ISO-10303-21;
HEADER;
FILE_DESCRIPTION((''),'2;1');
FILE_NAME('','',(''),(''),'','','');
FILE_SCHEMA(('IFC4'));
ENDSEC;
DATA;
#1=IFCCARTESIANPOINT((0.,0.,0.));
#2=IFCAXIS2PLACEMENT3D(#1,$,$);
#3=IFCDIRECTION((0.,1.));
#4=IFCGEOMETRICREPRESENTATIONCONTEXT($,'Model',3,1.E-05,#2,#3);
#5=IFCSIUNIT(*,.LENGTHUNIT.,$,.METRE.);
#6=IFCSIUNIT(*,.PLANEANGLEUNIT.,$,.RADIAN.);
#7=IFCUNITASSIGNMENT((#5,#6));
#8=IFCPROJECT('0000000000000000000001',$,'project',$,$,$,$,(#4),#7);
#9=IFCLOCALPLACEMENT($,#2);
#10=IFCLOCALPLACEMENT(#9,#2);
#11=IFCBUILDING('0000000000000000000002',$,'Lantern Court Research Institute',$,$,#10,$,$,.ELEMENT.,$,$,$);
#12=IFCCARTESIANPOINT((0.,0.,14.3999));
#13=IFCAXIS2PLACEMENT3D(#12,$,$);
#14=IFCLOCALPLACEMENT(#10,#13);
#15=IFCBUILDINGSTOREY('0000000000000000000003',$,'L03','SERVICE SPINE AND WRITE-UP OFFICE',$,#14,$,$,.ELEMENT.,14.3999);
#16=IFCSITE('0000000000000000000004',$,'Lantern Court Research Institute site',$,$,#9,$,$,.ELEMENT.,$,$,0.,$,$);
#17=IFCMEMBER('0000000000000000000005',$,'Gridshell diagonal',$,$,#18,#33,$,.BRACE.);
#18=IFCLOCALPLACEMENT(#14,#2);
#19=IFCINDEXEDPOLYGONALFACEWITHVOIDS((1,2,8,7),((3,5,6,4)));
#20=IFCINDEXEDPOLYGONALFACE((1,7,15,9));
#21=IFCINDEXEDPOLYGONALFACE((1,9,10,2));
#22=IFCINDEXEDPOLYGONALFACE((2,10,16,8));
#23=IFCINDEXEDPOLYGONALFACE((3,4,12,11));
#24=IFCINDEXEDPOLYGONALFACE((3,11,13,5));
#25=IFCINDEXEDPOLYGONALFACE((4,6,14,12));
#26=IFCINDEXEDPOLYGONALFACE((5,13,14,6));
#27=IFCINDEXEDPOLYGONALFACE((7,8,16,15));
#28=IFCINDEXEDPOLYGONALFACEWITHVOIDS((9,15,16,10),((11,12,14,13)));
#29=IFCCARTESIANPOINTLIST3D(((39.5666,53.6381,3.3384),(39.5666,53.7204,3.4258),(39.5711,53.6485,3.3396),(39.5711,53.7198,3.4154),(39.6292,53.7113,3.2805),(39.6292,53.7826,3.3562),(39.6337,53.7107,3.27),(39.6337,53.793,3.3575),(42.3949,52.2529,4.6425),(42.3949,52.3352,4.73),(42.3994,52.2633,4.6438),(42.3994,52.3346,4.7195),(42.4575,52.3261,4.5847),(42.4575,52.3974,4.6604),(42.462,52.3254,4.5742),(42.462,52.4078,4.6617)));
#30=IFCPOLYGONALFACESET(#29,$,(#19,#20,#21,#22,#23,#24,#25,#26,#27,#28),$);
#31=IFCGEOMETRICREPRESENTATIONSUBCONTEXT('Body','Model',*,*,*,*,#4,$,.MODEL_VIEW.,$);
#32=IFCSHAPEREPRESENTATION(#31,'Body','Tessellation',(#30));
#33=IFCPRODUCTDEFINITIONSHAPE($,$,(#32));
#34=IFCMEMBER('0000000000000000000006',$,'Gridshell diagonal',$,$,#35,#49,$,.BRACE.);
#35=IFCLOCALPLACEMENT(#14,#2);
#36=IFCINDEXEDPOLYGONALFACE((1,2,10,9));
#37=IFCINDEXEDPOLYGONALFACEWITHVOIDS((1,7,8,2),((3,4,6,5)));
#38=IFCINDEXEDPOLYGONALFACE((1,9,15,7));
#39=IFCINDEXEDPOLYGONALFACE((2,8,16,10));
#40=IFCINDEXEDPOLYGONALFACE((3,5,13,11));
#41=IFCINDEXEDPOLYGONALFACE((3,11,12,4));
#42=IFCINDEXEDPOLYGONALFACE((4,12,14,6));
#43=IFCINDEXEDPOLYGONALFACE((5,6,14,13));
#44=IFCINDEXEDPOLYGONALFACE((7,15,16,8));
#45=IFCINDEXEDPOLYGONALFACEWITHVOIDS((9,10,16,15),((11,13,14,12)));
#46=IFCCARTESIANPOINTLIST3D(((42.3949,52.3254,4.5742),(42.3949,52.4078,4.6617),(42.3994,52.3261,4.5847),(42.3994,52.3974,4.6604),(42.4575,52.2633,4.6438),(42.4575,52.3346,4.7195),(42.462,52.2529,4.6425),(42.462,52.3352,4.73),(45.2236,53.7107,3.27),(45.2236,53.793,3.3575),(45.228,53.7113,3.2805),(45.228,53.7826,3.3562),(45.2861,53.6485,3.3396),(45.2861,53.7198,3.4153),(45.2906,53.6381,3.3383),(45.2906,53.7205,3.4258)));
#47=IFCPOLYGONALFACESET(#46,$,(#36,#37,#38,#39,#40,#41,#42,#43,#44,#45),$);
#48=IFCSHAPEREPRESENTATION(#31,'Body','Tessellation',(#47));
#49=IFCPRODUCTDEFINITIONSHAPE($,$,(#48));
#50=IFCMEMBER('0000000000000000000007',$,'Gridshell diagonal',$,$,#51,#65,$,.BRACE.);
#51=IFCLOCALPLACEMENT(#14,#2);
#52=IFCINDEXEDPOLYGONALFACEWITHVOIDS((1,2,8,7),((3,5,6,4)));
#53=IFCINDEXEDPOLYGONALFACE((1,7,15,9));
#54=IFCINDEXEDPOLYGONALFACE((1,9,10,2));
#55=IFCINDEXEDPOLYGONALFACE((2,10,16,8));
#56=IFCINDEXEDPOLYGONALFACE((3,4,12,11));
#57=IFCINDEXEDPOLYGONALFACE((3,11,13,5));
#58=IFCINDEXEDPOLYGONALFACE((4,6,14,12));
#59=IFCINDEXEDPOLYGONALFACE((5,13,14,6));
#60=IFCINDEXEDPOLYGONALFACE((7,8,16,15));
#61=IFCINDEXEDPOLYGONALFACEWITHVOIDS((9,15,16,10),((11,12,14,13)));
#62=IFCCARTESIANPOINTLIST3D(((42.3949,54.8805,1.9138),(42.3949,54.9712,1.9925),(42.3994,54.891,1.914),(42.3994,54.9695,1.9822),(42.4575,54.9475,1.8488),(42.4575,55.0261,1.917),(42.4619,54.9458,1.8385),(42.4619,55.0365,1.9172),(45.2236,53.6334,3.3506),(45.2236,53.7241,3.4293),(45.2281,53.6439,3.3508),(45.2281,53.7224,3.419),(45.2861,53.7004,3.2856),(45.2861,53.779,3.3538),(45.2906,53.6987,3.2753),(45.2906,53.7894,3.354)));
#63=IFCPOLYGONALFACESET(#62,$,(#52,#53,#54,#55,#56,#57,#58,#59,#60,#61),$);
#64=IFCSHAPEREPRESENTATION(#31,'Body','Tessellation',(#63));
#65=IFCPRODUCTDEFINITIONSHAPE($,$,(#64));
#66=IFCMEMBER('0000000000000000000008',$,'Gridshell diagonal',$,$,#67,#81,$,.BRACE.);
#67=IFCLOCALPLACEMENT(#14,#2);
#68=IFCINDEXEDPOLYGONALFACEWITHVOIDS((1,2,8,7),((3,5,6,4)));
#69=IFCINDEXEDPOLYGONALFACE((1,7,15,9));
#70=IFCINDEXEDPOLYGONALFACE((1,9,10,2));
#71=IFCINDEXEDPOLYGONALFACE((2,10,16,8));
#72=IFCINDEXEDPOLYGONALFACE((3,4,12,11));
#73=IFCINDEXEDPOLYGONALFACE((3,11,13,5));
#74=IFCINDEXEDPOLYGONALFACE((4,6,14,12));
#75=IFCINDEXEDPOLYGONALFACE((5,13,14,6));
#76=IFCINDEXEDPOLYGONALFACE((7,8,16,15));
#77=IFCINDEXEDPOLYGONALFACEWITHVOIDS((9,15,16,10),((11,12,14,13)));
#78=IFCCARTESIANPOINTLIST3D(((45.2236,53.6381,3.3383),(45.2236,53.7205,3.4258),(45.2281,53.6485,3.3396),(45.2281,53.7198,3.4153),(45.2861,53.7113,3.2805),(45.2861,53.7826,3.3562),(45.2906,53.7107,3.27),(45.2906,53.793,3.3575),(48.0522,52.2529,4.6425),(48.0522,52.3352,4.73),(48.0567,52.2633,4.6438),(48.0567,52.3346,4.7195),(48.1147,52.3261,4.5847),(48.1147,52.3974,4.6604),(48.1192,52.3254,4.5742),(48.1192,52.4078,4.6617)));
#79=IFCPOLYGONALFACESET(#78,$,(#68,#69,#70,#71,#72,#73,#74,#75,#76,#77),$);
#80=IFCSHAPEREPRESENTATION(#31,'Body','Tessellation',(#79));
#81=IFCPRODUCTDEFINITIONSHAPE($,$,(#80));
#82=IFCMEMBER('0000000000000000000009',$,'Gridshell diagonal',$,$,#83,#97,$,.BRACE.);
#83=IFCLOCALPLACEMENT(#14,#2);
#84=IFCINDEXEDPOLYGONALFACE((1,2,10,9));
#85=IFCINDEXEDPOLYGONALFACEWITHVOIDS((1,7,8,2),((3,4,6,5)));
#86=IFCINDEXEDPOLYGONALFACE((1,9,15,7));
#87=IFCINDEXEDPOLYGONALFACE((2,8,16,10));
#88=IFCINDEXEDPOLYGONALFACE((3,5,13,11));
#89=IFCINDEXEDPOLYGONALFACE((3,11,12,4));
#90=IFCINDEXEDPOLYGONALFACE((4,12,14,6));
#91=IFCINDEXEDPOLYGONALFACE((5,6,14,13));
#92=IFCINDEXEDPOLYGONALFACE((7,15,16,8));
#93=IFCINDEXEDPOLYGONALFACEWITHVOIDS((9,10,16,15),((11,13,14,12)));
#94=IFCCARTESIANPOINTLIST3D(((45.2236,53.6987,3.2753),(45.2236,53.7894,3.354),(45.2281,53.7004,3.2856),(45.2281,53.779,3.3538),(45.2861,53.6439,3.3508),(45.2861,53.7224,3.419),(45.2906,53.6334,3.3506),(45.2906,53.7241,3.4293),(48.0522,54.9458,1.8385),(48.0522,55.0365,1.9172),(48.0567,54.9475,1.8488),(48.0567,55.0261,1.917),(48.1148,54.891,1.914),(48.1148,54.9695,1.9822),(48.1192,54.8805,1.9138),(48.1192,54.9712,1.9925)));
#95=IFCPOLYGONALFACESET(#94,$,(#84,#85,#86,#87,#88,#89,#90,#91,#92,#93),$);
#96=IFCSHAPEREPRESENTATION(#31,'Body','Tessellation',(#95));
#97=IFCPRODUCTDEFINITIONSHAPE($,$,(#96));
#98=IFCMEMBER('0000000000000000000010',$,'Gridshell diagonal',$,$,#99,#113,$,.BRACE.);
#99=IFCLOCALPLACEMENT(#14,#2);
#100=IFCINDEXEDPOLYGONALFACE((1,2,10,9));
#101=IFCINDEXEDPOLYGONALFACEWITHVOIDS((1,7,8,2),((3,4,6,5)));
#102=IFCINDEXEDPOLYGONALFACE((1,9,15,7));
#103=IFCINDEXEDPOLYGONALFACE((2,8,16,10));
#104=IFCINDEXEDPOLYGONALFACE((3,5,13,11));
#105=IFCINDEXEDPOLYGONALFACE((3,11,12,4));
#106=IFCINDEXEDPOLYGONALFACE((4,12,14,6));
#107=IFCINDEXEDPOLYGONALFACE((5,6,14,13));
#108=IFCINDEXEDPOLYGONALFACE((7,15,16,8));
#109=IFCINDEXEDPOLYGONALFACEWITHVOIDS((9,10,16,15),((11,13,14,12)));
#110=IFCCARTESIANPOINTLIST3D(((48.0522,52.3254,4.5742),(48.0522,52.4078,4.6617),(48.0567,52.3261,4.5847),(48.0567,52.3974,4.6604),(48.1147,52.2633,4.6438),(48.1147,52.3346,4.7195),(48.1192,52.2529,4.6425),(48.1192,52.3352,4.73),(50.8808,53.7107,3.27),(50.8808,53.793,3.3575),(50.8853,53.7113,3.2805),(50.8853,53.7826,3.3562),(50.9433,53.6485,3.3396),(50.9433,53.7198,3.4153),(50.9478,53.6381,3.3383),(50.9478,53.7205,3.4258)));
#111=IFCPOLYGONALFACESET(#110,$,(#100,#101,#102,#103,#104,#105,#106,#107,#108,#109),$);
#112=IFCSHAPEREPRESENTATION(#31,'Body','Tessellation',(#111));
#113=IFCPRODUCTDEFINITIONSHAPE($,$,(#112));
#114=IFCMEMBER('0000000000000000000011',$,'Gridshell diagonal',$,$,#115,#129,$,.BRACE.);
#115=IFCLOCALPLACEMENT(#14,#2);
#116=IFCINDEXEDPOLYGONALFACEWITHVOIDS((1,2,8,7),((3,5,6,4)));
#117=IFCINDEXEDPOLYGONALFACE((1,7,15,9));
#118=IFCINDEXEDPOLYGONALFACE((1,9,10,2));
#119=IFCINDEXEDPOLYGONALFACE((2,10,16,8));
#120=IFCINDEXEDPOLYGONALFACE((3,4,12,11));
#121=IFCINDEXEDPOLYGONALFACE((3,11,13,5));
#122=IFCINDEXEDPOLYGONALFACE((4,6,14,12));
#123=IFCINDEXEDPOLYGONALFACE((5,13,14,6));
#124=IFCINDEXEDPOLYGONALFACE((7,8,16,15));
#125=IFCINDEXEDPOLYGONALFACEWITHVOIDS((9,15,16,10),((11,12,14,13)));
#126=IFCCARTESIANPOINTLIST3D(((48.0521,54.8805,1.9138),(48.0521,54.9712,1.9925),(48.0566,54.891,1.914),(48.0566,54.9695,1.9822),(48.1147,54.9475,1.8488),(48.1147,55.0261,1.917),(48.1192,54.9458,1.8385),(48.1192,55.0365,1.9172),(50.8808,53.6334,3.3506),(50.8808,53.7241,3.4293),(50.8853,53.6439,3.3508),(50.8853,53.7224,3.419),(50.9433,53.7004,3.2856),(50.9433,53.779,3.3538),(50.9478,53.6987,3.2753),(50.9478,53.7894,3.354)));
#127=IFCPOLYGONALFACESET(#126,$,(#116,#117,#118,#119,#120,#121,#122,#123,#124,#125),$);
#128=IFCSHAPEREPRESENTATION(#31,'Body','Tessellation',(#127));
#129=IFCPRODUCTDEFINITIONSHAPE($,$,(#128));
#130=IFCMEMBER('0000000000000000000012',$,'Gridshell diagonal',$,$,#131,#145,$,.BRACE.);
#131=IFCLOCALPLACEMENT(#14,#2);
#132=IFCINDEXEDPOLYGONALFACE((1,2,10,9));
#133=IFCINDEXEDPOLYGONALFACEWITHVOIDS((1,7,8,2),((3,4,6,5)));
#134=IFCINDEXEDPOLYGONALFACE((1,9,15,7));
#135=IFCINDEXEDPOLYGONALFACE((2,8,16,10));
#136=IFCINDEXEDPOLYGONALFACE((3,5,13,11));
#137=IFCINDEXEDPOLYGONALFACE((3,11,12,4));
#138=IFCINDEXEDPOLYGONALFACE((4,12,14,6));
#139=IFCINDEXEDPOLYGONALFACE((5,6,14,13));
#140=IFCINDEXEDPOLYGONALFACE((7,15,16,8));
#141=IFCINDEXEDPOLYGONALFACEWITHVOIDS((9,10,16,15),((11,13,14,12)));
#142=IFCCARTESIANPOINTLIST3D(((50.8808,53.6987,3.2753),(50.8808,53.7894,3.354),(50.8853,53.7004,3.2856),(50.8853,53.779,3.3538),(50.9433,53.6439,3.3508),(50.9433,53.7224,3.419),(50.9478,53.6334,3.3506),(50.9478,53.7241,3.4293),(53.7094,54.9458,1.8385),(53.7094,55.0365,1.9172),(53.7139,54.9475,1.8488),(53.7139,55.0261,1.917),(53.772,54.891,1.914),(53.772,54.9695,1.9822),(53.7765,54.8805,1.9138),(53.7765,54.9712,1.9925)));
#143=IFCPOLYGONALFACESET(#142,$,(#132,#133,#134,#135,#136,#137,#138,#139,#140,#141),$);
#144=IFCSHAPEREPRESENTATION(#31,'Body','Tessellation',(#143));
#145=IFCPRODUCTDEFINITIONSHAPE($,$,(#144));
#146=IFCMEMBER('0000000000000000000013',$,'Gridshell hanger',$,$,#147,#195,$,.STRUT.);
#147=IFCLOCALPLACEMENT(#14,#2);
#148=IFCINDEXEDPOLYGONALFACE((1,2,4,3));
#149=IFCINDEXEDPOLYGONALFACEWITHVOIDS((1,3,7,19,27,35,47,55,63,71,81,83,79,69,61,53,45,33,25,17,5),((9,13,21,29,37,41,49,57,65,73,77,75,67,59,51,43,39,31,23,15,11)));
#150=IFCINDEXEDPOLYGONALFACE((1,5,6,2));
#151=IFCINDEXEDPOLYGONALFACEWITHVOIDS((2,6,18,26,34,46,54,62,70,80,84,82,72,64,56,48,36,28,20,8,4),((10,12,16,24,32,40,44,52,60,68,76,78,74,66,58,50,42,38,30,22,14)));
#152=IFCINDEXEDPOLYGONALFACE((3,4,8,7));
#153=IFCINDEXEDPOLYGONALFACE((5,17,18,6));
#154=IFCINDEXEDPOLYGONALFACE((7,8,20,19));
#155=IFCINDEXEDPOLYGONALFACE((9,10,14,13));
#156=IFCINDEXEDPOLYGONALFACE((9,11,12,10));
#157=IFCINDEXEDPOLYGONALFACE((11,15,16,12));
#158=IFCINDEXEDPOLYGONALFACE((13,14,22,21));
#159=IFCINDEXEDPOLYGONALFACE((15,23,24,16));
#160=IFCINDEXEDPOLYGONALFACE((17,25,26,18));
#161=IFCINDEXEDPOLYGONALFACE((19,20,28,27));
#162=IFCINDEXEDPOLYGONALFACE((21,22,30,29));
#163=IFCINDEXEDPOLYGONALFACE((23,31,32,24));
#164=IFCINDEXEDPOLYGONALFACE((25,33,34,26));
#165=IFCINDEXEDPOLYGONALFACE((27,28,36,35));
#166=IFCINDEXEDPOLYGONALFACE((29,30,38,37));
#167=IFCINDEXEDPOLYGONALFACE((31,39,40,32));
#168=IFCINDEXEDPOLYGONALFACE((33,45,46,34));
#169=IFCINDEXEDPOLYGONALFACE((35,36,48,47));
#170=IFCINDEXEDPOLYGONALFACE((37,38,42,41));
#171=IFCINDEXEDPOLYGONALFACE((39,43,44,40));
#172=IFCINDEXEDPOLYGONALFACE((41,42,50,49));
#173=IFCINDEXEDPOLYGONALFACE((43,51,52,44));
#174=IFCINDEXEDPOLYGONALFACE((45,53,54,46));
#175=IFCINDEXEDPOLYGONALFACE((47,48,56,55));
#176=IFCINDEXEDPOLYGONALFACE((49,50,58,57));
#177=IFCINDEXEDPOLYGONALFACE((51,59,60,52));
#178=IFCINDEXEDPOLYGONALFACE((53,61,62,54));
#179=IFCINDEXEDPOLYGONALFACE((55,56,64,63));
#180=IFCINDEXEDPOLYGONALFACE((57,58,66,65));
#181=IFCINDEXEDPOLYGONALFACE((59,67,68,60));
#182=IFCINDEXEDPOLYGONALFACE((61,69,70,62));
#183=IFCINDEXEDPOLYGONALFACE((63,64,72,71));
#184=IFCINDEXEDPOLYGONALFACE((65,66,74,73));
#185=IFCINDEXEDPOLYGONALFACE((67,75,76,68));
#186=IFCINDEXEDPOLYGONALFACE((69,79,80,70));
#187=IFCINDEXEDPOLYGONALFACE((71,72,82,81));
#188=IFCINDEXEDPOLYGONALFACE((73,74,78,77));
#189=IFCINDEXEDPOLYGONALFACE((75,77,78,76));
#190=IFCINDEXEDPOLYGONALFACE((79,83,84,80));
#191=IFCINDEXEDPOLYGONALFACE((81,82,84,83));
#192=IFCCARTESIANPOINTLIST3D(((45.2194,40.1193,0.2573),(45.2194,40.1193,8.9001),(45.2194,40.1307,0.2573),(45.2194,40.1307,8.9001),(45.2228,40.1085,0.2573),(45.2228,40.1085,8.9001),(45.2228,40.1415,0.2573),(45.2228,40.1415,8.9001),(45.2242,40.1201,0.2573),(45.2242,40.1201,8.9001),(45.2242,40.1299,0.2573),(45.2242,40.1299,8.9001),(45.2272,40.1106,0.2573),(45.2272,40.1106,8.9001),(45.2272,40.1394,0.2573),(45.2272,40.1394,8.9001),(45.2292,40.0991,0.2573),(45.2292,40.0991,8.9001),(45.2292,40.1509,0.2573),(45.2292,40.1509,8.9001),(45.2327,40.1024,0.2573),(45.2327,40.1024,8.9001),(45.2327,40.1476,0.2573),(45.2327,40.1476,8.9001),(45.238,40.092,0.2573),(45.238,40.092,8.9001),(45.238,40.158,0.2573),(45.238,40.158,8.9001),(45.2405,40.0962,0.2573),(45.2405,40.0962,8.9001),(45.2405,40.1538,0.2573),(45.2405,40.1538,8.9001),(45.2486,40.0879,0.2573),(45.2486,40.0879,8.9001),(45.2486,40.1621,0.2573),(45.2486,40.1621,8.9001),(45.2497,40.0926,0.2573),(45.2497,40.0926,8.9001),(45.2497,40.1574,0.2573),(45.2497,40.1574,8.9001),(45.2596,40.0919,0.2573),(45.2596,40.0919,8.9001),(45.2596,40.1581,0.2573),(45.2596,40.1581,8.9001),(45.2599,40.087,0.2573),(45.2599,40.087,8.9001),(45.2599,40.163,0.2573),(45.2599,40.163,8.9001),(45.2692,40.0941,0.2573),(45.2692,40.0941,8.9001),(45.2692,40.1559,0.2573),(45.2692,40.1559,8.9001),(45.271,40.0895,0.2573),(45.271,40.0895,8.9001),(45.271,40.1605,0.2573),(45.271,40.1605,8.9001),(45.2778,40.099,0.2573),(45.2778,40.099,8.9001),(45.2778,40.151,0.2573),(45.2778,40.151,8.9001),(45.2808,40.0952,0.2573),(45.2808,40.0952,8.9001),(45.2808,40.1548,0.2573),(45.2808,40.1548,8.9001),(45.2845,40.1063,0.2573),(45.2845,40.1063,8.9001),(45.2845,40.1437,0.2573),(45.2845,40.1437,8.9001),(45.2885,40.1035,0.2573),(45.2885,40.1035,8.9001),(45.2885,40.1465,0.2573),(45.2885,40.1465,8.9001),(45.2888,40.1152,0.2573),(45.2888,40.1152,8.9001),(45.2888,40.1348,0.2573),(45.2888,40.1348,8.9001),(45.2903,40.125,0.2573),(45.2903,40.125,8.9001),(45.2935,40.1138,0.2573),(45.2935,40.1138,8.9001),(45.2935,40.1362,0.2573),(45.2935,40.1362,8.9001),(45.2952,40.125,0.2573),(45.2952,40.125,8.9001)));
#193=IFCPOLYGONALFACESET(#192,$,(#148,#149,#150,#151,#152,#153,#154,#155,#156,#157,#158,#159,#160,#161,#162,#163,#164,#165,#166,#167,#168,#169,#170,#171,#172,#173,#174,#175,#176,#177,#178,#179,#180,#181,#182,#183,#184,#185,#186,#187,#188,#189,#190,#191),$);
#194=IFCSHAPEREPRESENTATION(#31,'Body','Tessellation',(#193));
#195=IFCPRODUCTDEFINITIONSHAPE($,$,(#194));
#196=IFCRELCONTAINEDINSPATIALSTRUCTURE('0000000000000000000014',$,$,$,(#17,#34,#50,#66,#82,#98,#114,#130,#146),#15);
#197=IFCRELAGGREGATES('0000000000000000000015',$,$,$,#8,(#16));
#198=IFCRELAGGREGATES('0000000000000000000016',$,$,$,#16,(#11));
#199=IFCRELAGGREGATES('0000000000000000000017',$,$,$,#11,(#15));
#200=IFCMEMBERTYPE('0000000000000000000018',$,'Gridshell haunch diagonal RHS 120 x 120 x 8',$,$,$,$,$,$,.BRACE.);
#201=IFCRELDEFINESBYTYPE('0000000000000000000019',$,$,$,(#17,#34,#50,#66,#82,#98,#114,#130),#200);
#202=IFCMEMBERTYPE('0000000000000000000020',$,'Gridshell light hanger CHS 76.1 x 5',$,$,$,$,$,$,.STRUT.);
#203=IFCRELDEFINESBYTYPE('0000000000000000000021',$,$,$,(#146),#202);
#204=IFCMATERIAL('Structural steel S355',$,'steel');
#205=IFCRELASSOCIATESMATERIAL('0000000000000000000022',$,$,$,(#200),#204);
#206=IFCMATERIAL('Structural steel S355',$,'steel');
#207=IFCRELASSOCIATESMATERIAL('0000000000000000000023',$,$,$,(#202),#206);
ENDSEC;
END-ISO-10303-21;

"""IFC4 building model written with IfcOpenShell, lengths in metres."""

from ifc_helpers import new_model, si_unit, direction, frame, origin, origin_2d, place, context, subcontext, project, spatial, hollow_rectangle, hollow_circle, extrude, material, material_profile, profile_set, type_object, element, save


model = new_model("IFC4")

# Units and contexts
model_context = context("Model", 3, precision=1e-05, world=origin(), true_north=direction((0.0, 1.0)))
body_context = subcontext(model_context, "Body", "Model", "MODEL_VIEW")
ifc_project = project(units=[si_unit("LENGTHUNIT", "METRE"), si_unit("PLANEANGLEUNIT", "RADIAN")], contexts=[model_context])

# Site, building, storey
site_placement = place(None, origin())
site = spatial("IfcSite", under=ifc_project, at=site_placement, Name="Lantern Court Research Institute site", CompositionType="ELEMENT", RefElevation=0.0)
building_placement = place(site_placement, origin())
building = spatial("IfcBuilding", under=site, at=building_placement, Name="Lantern Court Research Institute", CompositionType="ELEMENT")
storey_placement = place(building_placement, frame((0.0, 0.0, 14.3999)))
storey = spatial("IfcBuildingStorey", under=building, at=storey_placement, Name="L03", Description="SERVICE SPINE AND WRITE-UP OFFICE", CompositionType="ELEMENT", Elevation=14.3999)

# Members
ifc_material_1 = material(Name="Structural steel S355", Category="steel")
ifc_material_profile_1 = material_profile(ifc_material_1, hollow_rectangle(XDim=0.1201, YDim=0.1201, WallThickness=0.0081, at=origin_2d()), Name="Gridshell haunch diagonal RHS 120 x 120 x 8")
ifc_profile_set_1 = profile_set([ifc_material_profile_1], Name="Structural steel S355")
member_type_1 = type_object("IfcMemberType", Name="Gridshell haunch diagonal RHS 120 x 120 x 8", PredefinedType="BRACE", material=ifc_profile_set_1)
member_1_placement = place(storey_placement, frame((42.4285, 52.3303, 4.6521), z_axis=(-0.829739, 0.406382, -0.382604), x_axis=(-0.558151, -0.604116, 0.568781)))
element("IfcMember", 1, at=member_1_placement, inside=storey, type_object=member_type_1, Name="Gridshell diagonal", PredefinedType="BRACE", context=body_context, shape_type="SweptSolid", body=[
    extrude(hollow_rectangle(XDim=0.1201, YDim=0.1201, WallThickness=0.0081, at=origin_2d()), origin(), (0.0, 0.0, 1.0), 3.4087),
])
for number, where, z_axis, x_axis, name in (
    (2, (42.4285, 52.3303, 4.6521), (0.829762, 0.406358, -0.382581), (-0.558118, 0.604141, -0.568786), "Gridshell diagonal"),
    (3, (45.2571, 53.7114, 3.3523), (-0.829775, 0.365829, -0.421477), (-0.558098, -0.543914, 0.626645), "Gridshell diagonal"),
    (4, (48.0857, 52.3303, 4.6521), (-0.829762, 0.406358, -0.382581), (-0.558118, -0.604141, 0.568786), "Gridshell diagonal"),
    (5, (45.2571, 53.7114, 3.3523), (0.829775, 0.365829, -0.421477), (-0.558098, 0.543914, -0.626645), "Gridshell diagonal"),
    (6, (48.0857, 52.3303, 4.6521), (0.829762, 0.406358, -0.382581), (-0.558118, 0.604141, -0.568786), "Gridshell diagonal"),
    (7, (50.9143, 53.7114, 3.3523), (-0.829775, 0.365829, -0.421477), (-0.558098, -0.543914, 0.626645), "Gridshell diagonal"),
    (8, (50.9143, 53.7114, 3.3523), (0.829775, 0.365829, -0.421477), (-0.558098, 0.543914, -0.626645), "Gridshell diagonal"),
):
    element("IfcMember", number, at=place(storey_placement, frame(where, z_axis=z_axis, x_axis=x_axis)), inside=storey, type_object=member_type_1, Name=name, PredefinedType="BRACE", context=body_context, shape_type="SweptSolid", body=[
        extrude(hollow_rectangle(XDim=0.1201, YDim=0.1201, WallThickness=0.0081, at=origin_2d()), origin(), (0.0, 0.0, 1.0), 3.4089),
    ])
ifc_material_2 = material(Name="Structural steel S355", Category="steel")
ifc_material_profile_2 = material_profile(ifc_material_2, hollow_circle(Radius=0.0381, WallThickness=0.0049, at=origin_2d()), Name="Gridshell light hanger CHS 76.1 x 5")
ifc_profile_set_2 = profile_set([ifc_material_profile_2], Name="Structural steel S355")
member_type_2 = type_object("IfcMemberType", Name="Gridshell light hanger CHS 76.1 x 5", PredefinedType="STRUT", material=ifc_profile_set_2)
member_2_placement = place(storey_placement, frame((45.2571, 40.125, 0.2573), z_axis=(0.0, 0.0, 1.0), x_axis=(1.0, 0.0, 0.0)))
element("IfcMember", 9, at=member_2_placement, inside=storey, type_object=member_type_2, Name="Gridshell hanger", PredefinedType="STRUT", context=body_context, shape_type="SweptSolid", body=[
    extrude(hollow_circle(Radius=0.0381, WallThickness=0.0049, at=origin_2d()), origin(), (0.0, 0.0, 1.0), 8.6428),
])

save(model, "model.ifc")
